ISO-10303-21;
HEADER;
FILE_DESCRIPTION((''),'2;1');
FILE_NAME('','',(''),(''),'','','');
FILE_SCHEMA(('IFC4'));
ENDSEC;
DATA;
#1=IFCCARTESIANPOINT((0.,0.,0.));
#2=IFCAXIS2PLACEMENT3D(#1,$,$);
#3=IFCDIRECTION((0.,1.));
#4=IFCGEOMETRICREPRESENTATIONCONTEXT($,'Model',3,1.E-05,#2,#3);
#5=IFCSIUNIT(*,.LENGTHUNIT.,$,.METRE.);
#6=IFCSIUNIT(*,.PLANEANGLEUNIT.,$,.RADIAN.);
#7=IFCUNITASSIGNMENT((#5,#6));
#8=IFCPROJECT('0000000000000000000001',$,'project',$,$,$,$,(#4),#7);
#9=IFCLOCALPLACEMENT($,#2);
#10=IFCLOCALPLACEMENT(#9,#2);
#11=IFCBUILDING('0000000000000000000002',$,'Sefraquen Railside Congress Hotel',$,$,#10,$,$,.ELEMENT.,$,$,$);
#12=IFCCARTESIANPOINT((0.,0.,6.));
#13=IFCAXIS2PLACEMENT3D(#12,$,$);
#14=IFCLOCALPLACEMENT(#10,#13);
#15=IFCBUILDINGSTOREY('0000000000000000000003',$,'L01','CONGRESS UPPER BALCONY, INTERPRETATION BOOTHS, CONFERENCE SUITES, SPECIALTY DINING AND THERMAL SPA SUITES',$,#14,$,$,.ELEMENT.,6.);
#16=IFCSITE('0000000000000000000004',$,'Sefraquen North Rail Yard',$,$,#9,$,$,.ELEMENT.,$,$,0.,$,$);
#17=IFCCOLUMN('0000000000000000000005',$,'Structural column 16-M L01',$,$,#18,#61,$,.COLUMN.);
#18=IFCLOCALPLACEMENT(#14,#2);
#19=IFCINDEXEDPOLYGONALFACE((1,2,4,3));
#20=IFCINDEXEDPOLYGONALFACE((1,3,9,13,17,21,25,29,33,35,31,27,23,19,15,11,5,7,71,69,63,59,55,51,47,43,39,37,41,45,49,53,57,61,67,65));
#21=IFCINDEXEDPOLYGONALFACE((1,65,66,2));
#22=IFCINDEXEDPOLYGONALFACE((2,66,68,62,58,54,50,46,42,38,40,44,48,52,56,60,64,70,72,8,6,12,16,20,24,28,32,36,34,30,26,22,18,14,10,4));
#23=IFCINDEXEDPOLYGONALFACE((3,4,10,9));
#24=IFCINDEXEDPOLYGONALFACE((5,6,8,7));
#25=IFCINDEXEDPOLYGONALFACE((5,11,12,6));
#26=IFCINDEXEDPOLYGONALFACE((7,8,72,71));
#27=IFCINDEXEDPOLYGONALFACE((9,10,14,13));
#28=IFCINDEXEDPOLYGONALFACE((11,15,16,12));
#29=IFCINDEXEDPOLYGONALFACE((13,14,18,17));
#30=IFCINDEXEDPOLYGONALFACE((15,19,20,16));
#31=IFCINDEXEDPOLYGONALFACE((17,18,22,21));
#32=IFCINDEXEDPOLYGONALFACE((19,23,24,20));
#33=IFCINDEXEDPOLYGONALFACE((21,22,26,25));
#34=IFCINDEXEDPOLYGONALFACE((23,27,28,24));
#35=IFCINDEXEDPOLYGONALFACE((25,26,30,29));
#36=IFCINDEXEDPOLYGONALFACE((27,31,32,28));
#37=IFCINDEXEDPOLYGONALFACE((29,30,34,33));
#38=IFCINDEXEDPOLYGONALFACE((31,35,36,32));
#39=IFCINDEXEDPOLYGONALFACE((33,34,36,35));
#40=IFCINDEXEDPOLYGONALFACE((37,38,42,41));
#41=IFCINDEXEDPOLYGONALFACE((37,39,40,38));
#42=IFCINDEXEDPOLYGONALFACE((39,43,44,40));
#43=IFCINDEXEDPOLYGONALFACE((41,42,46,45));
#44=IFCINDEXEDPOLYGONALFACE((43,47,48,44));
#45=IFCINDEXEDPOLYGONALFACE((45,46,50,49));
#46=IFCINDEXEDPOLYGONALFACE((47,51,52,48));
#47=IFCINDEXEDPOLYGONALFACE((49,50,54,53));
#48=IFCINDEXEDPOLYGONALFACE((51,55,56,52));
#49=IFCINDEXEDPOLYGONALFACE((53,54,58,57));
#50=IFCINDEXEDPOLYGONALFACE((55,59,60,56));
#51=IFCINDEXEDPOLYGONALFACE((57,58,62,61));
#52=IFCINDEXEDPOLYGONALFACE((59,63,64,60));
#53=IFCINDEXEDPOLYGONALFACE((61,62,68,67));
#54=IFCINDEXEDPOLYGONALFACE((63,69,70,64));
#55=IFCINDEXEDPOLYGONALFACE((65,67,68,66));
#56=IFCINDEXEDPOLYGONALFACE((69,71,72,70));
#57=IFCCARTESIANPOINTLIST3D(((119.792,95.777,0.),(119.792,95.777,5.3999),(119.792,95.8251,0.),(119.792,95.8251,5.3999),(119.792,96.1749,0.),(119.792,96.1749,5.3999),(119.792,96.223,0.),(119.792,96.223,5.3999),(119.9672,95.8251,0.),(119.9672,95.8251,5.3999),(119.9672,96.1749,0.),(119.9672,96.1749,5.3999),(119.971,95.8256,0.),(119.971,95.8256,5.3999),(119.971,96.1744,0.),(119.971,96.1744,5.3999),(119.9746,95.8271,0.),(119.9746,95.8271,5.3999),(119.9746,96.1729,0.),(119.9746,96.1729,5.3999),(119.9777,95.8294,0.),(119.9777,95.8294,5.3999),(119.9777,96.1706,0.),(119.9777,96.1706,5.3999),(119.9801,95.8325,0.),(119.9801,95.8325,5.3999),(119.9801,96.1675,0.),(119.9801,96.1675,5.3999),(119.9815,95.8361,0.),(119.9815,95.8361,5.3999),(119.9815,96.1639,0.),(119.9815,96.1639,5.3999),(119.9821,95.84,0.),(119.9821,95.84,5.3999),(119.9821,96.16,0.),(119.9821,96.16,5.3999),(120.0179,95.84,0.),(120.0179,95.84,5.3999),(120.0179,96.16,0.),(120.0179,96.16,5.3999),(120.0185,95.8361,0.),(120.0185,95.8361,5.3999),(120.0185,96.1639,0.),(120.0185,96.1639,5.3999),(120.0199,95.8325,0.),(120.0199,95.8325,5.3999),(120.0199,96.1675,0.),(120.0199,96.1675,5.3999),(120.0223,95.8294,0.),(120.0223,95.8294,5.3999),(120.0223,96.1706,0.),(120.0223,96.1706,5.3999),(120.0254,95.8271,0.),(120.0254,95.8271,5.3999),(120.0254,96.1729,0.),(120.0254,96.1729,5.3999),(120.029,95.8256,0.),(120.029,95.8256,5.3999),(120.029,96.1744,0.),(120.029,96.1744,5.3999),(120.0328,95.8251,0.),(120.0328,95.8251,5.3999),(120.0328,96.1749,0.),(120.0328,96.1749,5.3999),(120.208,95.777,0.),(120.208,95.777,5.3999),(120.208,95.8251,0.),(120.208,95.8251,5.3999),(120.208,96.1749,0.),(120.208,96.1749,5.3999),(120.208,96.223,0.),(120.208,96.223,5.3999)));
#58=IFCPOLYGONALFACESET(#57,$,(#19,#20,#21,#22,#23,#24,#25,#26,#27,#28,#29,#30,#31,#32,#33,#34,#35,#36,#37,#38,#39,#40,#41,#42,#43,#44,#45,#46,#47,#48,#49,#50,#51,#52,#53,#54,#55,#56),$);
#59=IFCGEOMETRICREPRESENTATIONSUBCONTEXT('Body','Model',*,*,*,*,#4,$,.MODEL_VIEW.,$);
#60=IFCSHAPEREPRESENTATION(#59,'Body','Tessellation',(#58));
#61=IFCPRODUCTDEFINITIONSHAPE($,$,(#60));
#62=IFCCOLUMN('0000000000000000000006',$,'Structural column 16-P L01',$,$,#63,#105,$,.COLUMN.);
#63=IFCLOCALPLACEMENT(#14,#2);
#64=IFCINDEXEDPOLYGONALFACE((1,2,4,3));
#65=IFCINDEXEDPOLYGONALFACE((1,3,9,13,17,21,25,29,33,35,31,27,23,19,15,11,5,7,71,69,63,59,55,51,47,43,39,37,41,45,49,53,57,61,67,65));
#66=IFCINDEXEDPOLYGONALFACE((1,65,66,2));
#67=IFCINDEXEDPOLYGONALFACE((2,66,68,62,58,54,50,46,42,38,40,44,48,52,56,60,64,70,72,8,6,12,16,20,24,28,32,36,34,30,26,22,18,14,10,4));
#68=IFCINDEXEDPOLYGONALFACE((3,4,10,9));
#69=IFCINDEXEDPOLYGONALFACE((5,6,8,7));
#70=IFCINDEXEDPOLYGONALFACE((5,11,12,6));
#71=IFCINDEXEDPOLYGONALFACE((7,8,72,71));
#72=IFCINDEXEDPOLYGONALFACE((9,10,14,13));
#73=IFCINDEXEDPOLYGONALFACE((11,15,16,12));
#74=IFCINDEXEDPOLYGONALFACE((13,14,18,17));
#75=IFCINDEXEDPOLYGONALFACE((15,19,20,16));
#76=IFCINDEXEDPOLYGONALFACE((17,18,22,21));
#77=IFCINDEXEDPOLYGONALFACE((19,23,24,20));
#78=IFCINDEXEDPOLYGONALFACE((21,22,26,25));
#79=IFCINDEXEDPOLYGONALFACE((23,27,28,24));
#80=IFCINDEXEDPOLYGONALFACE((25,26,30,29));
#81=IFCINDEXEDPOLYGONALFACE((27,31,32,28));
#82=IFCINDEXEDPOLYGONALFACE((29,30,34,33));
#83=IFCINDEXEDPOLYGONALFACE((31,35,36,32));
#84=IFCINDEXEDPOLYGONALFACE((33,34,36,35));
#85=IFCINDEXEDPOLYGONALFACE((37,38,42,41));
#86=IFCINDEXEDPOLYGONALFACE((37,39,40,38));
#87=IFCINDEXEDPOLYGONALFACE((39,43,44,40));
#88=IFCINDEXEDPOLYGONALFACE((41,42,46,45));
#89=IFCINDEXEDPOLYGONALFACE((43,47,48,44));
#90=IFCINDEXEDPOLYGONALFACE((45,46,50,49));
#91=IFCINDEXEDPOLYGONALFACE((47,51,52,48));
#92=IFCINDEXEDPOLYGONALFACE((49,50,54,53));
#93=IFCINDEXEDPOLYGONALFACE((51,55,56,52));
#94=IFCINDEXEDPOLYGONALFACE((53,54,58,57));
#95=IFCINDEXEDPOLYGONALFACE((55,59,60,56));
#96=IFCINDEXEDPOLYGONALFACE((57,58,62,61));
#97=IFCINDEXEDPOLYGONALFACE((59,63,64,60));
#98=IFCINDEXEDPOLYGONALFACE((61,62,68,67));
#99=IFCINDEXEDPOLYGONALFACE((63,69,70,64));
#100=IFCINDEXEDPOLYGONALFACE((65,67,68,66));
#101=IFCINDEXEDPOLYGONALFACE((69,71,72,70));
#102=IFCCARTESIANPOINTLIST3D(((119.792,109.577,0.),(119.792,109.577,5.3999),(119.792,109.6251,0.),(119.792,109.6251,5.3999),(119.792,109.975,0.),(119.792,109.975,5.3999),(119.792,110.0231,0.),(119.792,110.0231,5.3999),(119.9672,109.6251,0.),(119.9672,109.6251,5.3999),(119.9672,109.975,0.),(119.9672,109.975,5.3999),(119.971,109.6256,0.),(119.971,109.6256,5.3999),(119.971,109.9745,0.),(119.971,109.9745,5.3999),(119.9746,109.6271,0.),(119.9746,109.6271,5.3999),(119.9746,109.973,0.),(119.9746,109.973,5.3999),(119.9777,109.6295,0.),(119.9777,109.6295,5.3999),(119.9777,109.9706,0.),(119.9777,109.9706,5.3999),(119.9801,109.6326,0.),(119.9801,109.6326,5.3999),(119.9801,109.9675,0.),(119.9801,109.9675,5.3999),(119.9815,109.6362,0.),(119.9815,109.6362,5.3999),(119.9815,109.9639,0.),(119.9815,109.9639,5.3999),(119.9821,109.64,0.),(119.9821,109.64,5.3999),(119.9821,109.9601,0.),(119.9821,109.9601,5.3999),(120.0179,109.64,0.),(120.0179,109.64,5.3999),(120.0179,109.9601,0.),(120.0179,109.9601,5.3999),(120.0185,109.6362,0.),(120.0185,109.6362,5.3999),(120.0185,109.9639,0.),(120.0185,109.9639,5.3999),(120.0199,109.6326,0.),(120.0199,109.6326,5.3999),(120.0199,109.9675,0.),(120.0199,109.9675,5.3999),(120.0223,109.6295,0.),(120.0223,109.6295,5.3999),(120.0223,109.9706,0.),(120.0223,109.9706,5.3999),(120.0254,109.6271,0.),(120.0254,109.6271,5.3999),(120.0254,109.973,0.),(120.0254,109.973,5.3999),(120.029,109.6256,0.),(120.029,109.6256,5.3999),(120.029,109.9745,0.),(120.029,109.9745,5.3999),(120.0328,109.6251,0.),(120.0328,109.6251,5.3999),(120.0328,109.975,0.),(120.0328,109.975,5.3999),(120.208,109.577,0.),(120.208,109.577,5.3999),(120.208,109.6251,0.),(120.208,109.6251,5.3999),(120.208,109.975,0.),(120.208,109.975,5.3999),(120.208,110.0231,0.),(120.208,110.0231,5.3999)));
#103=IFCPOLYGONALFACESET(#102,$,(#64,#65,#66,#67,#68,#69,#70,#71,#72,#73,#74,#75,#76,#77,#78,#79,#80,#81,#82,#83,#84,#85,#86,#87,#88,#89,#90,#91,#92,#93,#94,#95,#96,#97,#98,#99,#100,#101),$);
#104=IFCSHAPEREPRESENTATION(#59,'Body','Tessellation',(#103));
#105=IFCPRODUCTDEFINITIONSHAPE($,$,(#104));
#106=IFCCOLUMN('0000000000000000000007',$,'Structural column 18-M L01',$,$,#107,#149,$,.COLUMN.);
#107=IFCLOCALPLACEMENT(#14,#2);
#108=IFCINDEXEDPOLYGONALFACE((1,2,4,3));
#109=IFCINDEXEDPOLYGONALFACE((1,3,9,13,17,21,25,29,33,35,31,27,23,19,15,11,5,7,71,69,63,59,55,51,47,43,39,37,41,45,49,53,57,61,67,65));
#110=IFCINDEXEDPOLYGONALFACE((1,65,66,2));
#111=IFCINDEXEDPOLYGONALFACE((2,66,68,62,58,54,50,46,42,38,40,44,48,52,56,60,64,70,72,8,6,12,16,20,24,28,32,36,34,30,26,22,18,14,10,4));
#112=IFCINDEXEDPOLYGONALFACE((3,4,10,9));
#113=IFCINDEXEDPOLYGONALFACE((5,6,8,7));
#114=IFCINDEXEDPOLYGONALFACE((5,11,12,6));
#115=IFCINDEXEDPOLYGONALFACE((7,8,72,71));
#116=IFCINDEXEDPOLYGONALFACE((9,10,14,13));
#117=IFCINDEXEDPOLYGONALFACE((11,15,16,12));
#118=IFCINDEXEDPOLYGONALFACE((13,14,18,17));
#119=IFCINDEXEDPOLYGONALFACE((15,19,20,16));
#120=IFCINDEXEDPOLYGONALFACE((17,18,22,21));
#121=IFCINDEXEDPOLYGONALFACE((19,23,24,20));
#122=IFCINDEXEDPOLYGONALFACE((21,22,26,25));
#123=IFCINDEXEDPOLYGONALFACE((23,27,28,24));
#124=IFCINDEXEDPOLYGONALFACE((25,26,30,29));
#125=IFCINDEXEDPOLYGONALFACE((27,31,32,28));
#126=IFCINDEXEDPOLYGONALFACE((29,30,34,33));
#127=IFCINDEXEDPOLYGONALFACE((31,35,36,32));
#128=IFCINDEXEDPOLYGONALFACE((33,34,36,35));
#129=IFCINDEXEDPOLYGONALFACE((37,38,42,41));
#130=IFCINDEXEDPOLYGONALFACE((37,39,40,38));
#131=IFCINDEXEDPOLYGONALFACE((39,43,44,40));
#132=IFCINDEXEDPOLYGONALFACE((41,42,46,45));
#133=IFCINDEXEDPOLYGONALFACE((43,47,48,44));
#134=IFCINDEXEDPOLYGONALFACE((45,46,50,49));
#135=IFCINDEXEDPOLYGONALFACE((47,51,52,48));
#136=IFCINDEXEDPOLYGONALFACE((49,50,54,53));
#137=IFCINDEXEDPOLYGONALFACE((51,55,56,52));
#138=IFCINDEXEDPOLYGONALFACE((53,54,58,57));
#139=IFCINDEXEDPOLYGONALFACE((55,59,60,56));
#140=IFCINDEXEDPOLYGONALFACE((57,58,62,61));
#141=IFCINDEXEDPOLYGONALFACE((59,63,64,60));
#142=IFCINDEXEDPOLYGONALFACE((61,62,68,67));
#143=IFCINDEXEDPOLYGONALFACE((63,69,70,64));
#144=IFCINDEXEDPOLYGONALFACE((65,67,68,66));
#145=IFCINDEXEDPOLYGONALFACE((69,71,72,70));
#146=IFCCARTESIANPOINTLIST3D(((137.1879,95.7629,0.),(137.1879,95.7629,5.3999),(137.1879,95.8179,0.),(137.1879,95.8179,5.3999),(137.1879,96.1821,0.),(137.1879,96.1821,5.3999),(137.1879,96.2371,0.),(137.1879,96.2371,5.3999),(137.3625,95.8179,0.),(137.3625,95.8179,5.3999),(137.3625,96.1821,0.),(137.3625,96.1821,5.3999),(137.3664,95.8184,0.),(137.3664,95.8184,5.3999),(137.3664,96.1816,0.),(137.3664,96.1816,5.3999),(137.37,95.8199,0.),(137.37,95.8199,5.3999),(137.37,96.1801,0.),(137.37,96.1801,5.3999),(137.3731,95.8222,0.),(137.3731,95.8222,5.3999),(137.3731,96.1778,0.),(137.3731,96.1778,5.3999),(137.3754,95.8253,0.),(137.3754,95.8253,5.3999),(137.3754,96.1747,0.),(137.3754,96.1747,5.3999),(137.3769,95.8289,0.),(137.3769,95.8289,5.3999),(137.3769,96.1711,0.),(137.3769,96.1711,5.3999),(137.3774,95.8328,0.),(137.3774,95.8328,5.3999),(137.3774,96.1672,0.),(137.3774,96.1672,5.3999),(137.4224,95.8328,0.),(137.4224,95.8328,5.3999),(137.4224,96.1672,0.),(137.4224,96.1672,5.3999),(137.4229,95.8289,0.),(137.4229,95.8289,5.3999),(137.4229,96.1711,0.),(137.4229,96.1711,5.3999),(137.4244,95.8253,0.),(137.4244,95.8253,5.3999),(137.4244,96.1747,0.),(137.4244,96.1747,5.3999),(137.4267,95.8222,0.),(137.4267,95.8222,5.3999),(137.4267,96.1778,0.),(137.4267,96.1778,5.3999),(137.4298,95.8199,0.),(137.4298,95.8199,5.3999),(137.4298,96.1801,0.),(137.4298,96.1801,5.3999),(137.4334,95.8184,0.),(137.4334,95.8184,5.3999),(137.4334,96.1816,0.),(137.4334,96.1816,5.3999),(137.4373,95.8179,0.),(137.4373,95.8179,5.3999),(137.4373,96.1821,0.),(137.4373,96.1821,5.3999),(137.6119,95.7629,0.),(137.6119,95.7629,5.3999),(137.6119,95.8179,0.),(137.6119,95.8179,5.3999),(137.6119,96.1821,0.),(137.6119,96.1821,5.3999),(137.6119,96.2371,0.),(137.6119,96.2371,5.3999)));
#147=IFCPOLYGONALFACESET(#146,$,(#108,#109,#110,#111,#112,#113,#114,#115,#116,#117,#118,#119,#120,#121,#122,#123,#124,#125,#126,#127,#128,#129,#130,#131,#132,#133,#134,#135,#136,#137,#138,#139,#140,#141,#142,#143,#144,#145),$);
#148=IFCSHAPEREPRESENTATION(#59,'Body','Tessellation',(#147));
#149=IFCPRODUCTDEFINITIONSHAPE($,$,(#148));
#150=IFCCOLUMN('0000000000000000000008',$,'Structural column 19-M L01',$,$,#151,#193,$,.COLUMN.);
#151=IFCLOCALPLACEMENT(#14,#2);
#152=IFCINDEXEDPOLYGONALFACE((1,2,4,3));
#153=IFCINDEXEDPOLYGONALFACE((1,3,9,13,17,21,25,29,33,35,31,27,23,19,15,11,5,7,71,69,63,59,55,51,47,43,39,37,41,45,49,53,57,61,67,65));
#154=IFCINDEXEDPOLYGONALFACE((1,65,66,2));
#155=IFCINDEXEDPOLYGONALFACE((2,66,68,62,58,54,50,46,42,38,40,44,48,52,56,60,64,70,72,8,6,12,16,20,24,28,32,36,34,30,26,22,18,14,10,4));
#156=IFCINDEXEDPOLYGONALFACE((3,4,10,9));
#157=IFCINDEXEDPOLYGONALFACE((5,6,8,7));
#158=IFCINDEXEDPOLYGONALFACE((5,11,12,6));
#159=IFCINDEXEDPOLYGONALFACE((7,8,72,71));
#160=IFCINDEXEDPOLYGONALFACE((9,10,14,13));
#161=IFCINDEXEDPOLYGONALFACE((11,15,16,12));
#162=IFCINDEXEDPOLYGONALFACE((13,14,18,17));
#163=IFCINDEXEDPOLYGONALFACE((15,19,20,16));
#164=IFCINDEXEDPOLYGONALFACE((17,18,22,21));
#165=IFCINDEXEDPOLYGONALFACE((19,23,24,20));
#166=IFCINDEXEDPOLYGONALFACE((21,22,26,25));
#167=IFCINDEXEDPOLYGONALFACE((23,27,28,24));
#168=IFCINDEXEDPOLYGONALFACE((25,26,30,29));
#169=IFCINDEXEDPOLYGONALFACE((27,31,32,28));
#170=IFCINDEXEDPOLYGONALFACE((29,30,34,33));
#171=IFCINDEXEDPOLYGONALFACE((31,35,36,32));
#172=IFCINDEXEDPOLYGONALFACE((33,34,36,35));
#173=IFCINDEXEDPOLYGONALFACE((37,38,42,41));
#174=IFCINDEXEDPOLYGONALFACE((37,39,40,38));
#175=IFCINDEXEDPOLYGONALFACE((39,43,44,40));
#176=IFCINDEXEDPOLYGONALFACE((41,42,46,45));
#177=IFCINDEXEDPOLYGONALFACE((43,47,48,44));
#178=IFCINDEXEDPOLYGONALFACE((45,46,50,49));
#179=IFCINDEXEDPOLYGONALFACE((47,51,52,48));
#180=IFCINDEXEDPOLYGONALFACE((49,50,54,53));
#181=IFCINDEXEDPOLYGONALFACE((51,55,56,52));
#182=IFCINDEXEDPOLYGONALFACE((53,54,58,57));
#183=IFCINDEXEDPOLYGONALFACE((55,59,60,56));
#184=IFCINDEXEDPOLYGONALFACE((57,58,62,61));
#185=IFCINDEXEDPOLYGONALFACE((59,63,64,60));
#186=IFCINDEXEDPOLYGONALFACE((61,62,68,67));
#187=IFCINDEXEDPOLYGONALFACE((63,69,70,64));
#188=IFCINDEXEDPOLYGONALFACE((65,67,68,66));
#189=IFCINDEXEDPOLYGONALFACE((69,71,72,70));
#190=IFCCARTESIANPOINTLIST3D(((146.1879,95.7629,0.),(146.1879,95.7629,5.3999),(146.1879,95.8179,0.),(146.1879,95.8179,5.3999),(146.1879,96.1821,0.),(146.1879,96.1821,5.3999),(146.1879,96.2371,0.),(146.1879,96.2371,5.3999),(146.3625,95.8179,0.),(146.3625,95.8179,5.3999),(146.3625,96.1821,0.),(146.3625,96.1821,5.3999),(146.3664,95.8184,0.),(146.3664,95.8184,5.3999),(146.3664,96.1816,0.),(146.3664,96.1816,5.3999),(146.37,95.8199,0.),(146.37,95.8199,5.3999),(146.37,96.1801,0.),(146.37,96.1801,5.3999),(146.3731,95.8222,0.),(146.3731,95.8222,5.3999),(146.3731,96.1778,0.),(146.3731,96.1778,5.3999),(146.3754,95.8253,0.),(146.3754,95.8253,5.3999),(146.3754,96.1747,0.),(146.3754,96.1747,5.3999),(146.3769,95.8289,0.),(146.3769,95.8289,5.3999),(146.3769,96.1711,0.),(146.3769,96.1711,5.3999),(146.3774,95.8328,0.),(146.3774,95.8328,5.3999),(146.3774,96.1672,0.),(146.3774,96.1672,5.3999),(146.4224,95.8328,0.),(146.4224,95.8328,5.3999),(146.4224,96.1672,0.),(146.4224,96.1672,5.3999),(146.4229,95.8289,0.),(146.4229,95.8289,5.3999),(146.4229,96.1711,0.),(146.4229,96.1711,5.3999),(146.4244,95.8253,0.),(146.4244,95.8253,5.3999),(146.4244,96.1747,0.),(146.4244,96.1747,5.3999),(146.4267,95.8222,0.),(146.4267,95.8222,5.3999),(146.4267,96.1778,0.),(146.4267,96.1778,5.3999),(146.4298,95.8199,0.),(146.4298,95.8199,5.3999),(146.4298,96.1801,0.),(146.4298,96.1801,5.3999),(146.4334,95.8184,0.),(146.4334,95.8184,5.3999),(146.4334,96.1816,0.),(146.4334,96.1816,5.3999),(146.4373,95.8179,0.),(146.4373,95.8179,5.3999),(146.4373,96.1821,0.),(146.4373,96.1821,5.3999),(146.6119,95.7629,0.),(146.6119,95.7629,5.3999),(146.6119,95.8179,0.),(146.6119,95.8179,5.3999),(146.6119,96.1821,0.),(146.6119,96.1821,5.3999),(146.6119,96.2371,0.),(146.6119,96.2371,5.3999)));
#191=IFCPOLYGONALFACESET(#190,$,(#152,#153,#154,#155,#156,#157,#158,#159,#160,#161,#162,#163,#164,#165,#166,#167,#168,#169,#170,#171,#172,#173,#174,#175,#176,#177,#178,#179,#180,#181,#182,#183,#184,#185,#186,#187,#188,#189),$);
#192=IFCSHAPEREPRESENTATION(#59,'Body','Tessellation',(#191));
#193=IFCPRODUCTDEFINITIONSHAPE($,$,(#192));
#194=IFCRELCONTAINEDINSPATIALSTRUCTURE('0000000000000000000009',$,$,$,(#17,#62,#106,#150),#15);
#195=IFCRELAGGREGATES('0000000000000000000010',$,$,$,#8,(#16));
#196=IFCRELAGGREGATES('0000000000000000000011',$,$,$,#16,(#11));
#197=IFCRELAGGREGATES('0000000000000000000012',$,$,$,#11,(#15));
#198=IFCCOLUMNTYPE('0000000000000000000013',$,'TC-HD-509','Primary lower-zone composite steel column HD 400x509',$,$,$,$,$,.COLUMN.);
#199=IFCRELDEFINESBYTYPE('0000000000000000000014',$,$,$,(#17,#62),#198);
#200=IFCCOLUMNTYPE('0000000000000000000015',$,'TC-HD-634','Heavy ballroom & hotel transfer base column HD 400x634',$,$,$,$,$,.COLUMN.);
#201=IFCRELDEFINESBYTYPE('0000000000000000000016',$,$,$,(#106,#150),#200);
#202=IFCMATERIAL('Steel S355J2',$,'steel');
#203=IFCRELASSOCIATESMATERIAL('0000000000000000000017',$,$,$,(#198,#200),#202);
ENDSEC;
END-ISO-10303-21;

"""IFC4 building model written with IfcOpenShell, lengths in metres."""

from ifc_helpers import new_model, si_unit, direction, frame, origin, origin_2d, place, context, subcontext, project, spatial, i_section, extrude, material, material_profile, profile_set, type_object, element, save


model = new_model("IFC4")

# Units and contexts
model_context = context("Model", 3, precision=1e-05, world=origin(), true_north=direction((0.0, 1.0)))
body_context = subcontext(model_context, "Body", "Model", "MODEL_VIEW")
ifc_project = project(units=[si_unit("LENGTHUNIT", "METRE"), si_unit("PLANEANGLEUNIT", "RADIAN")], contexts=[model_context])

# Site, building, storey
site_placement = place(None, origin())
site = spatial("IfcSite", under=ifc_project, at=site_placement, Name="Sefraquen North Rail Yard", CompositionType="ELEMENT", RefElevation=0.0)
building_placement = place(site_placement, origin())
building = spatial("IfcBuilding", under=site, at=building_placement, Name="Sefraquen Railside Congress Hotel", CompositionType="ELEMENT")
storey_placement = place(building_placement, frame((0.0, 0.0, 6.0)))
storey = spatial("IfcBuildingStorey", under=building, at=storey_placement, Name="L01", Description="CONGRESS UPPER BALCONY, INTERPRETATION BOOTHS, CONFERENCE SUITES, SPECIALTY DINING AND THERMAL SPA SUITES", CompositionType="ELEMENT", Elevation=6.0)

# Columns
ifc_material_1 = material(Name="Steel S355J2", Category="steel")
ifc_material_profile_1 = material_profile(ifc_material_1, i_section(OverallWidth=0.416, OverallDepth=0.446, WebThickness=0.0359, FlangeThickness=0.0481, FilletRadius=0.0149, at=origin_2d()), Name="HD 400x509")
ifc_profile_set_1 = profile_set([ifc_material_profile_1], Name="Steel S355J2")
column_type_1 = type_object("IfcColumnType", Name="TC-HD-509", Description="Primary lower-zone composite steel column HD 400x509", PredefinedType="COLUMN", material=ifc_profile_set_1)
for number, where, z_axis, x_axis, name in (
    (1, (120.0, 96.0, 0.0), (0.0, 0.0, 1.0), (1.0, 0.0, 0.0), "Structural column 16-M L01"),
    (2, (120.0, 109.8, 0.0), (0.0, 0.0, 1.0), (1.0, 0.0, 0.0), "Structural column 16-P L01"),
):
    element("IfcColumn", number, at=place(storey_placement, frame(where, z_axis=z_axis, x_axis=x_axis)), inside=storey, type_object=column_type_1, Name=name, PredefinedType="COLUMN", context=body_context, shape_type="SweptSolid", body=[
        extrude(i_section(OverallWidth=0.416, OverallDepth=0.446, WebThickness=0.0359, FlangeThickness=0.0481, FilletRadius=0.0149, at=origin_2d()), origin(), (0.0, 0.0, 1.0), 5.3999),
    ])
ifc_material_profile_2 = material_profile(ifc_material_1, i_section(OverallWidth=0.4241, OverallDepth=0.4741, WebThickness=0.0449, FlangeThickness=0.0549, FilletRadius=0.0149, at=origin_2d()), Name="HD 400x634")
ifc_profile_set_2 = profile_set([ifc_material_profile_2], Name="Steel S355J2")
column_type_2 = type_object("IfcColumnType", Name="TC-HD-634", Description="Heavy ballroom & hotel transfer base column HD 400x634", PredefinedType="COLUMN", material=ifc_profile_set_2)
for number, where, z_axis, x_axis, name in (
    (3, (137.3999, 96.0, 0.0), (0.0, 0.0, 1.0), (1.0, 0.0, 0.0), "Structural column 18-M L01"),
    (4, (146.3999, 96.0, 0.0), (0.0, 0.0, 1.0), (1.0, 0.0, 0.0), "Structural column 19-M L01"),
):
    element("IfcColumn", number, at=place(storey_placement, frame(where, z_axis=z_axis, x_axis=x_axis)), inside=storey, type_object=column_type_2, Name=name, PredefinedType="COLUMN", context=body_context, shape_type="SweptSolid", body=[
        extrude(i_section(OverallWidth=0.4241, OverallDepth=0.4741, WebThickness=0.0449, FlangeThickness=0.0549, FilletRadius=0.0149, at=origin_2d()), origin(), (0.0, 0.0, 1.0), 5.3999),
    ])

save(model, "model.ifc")
